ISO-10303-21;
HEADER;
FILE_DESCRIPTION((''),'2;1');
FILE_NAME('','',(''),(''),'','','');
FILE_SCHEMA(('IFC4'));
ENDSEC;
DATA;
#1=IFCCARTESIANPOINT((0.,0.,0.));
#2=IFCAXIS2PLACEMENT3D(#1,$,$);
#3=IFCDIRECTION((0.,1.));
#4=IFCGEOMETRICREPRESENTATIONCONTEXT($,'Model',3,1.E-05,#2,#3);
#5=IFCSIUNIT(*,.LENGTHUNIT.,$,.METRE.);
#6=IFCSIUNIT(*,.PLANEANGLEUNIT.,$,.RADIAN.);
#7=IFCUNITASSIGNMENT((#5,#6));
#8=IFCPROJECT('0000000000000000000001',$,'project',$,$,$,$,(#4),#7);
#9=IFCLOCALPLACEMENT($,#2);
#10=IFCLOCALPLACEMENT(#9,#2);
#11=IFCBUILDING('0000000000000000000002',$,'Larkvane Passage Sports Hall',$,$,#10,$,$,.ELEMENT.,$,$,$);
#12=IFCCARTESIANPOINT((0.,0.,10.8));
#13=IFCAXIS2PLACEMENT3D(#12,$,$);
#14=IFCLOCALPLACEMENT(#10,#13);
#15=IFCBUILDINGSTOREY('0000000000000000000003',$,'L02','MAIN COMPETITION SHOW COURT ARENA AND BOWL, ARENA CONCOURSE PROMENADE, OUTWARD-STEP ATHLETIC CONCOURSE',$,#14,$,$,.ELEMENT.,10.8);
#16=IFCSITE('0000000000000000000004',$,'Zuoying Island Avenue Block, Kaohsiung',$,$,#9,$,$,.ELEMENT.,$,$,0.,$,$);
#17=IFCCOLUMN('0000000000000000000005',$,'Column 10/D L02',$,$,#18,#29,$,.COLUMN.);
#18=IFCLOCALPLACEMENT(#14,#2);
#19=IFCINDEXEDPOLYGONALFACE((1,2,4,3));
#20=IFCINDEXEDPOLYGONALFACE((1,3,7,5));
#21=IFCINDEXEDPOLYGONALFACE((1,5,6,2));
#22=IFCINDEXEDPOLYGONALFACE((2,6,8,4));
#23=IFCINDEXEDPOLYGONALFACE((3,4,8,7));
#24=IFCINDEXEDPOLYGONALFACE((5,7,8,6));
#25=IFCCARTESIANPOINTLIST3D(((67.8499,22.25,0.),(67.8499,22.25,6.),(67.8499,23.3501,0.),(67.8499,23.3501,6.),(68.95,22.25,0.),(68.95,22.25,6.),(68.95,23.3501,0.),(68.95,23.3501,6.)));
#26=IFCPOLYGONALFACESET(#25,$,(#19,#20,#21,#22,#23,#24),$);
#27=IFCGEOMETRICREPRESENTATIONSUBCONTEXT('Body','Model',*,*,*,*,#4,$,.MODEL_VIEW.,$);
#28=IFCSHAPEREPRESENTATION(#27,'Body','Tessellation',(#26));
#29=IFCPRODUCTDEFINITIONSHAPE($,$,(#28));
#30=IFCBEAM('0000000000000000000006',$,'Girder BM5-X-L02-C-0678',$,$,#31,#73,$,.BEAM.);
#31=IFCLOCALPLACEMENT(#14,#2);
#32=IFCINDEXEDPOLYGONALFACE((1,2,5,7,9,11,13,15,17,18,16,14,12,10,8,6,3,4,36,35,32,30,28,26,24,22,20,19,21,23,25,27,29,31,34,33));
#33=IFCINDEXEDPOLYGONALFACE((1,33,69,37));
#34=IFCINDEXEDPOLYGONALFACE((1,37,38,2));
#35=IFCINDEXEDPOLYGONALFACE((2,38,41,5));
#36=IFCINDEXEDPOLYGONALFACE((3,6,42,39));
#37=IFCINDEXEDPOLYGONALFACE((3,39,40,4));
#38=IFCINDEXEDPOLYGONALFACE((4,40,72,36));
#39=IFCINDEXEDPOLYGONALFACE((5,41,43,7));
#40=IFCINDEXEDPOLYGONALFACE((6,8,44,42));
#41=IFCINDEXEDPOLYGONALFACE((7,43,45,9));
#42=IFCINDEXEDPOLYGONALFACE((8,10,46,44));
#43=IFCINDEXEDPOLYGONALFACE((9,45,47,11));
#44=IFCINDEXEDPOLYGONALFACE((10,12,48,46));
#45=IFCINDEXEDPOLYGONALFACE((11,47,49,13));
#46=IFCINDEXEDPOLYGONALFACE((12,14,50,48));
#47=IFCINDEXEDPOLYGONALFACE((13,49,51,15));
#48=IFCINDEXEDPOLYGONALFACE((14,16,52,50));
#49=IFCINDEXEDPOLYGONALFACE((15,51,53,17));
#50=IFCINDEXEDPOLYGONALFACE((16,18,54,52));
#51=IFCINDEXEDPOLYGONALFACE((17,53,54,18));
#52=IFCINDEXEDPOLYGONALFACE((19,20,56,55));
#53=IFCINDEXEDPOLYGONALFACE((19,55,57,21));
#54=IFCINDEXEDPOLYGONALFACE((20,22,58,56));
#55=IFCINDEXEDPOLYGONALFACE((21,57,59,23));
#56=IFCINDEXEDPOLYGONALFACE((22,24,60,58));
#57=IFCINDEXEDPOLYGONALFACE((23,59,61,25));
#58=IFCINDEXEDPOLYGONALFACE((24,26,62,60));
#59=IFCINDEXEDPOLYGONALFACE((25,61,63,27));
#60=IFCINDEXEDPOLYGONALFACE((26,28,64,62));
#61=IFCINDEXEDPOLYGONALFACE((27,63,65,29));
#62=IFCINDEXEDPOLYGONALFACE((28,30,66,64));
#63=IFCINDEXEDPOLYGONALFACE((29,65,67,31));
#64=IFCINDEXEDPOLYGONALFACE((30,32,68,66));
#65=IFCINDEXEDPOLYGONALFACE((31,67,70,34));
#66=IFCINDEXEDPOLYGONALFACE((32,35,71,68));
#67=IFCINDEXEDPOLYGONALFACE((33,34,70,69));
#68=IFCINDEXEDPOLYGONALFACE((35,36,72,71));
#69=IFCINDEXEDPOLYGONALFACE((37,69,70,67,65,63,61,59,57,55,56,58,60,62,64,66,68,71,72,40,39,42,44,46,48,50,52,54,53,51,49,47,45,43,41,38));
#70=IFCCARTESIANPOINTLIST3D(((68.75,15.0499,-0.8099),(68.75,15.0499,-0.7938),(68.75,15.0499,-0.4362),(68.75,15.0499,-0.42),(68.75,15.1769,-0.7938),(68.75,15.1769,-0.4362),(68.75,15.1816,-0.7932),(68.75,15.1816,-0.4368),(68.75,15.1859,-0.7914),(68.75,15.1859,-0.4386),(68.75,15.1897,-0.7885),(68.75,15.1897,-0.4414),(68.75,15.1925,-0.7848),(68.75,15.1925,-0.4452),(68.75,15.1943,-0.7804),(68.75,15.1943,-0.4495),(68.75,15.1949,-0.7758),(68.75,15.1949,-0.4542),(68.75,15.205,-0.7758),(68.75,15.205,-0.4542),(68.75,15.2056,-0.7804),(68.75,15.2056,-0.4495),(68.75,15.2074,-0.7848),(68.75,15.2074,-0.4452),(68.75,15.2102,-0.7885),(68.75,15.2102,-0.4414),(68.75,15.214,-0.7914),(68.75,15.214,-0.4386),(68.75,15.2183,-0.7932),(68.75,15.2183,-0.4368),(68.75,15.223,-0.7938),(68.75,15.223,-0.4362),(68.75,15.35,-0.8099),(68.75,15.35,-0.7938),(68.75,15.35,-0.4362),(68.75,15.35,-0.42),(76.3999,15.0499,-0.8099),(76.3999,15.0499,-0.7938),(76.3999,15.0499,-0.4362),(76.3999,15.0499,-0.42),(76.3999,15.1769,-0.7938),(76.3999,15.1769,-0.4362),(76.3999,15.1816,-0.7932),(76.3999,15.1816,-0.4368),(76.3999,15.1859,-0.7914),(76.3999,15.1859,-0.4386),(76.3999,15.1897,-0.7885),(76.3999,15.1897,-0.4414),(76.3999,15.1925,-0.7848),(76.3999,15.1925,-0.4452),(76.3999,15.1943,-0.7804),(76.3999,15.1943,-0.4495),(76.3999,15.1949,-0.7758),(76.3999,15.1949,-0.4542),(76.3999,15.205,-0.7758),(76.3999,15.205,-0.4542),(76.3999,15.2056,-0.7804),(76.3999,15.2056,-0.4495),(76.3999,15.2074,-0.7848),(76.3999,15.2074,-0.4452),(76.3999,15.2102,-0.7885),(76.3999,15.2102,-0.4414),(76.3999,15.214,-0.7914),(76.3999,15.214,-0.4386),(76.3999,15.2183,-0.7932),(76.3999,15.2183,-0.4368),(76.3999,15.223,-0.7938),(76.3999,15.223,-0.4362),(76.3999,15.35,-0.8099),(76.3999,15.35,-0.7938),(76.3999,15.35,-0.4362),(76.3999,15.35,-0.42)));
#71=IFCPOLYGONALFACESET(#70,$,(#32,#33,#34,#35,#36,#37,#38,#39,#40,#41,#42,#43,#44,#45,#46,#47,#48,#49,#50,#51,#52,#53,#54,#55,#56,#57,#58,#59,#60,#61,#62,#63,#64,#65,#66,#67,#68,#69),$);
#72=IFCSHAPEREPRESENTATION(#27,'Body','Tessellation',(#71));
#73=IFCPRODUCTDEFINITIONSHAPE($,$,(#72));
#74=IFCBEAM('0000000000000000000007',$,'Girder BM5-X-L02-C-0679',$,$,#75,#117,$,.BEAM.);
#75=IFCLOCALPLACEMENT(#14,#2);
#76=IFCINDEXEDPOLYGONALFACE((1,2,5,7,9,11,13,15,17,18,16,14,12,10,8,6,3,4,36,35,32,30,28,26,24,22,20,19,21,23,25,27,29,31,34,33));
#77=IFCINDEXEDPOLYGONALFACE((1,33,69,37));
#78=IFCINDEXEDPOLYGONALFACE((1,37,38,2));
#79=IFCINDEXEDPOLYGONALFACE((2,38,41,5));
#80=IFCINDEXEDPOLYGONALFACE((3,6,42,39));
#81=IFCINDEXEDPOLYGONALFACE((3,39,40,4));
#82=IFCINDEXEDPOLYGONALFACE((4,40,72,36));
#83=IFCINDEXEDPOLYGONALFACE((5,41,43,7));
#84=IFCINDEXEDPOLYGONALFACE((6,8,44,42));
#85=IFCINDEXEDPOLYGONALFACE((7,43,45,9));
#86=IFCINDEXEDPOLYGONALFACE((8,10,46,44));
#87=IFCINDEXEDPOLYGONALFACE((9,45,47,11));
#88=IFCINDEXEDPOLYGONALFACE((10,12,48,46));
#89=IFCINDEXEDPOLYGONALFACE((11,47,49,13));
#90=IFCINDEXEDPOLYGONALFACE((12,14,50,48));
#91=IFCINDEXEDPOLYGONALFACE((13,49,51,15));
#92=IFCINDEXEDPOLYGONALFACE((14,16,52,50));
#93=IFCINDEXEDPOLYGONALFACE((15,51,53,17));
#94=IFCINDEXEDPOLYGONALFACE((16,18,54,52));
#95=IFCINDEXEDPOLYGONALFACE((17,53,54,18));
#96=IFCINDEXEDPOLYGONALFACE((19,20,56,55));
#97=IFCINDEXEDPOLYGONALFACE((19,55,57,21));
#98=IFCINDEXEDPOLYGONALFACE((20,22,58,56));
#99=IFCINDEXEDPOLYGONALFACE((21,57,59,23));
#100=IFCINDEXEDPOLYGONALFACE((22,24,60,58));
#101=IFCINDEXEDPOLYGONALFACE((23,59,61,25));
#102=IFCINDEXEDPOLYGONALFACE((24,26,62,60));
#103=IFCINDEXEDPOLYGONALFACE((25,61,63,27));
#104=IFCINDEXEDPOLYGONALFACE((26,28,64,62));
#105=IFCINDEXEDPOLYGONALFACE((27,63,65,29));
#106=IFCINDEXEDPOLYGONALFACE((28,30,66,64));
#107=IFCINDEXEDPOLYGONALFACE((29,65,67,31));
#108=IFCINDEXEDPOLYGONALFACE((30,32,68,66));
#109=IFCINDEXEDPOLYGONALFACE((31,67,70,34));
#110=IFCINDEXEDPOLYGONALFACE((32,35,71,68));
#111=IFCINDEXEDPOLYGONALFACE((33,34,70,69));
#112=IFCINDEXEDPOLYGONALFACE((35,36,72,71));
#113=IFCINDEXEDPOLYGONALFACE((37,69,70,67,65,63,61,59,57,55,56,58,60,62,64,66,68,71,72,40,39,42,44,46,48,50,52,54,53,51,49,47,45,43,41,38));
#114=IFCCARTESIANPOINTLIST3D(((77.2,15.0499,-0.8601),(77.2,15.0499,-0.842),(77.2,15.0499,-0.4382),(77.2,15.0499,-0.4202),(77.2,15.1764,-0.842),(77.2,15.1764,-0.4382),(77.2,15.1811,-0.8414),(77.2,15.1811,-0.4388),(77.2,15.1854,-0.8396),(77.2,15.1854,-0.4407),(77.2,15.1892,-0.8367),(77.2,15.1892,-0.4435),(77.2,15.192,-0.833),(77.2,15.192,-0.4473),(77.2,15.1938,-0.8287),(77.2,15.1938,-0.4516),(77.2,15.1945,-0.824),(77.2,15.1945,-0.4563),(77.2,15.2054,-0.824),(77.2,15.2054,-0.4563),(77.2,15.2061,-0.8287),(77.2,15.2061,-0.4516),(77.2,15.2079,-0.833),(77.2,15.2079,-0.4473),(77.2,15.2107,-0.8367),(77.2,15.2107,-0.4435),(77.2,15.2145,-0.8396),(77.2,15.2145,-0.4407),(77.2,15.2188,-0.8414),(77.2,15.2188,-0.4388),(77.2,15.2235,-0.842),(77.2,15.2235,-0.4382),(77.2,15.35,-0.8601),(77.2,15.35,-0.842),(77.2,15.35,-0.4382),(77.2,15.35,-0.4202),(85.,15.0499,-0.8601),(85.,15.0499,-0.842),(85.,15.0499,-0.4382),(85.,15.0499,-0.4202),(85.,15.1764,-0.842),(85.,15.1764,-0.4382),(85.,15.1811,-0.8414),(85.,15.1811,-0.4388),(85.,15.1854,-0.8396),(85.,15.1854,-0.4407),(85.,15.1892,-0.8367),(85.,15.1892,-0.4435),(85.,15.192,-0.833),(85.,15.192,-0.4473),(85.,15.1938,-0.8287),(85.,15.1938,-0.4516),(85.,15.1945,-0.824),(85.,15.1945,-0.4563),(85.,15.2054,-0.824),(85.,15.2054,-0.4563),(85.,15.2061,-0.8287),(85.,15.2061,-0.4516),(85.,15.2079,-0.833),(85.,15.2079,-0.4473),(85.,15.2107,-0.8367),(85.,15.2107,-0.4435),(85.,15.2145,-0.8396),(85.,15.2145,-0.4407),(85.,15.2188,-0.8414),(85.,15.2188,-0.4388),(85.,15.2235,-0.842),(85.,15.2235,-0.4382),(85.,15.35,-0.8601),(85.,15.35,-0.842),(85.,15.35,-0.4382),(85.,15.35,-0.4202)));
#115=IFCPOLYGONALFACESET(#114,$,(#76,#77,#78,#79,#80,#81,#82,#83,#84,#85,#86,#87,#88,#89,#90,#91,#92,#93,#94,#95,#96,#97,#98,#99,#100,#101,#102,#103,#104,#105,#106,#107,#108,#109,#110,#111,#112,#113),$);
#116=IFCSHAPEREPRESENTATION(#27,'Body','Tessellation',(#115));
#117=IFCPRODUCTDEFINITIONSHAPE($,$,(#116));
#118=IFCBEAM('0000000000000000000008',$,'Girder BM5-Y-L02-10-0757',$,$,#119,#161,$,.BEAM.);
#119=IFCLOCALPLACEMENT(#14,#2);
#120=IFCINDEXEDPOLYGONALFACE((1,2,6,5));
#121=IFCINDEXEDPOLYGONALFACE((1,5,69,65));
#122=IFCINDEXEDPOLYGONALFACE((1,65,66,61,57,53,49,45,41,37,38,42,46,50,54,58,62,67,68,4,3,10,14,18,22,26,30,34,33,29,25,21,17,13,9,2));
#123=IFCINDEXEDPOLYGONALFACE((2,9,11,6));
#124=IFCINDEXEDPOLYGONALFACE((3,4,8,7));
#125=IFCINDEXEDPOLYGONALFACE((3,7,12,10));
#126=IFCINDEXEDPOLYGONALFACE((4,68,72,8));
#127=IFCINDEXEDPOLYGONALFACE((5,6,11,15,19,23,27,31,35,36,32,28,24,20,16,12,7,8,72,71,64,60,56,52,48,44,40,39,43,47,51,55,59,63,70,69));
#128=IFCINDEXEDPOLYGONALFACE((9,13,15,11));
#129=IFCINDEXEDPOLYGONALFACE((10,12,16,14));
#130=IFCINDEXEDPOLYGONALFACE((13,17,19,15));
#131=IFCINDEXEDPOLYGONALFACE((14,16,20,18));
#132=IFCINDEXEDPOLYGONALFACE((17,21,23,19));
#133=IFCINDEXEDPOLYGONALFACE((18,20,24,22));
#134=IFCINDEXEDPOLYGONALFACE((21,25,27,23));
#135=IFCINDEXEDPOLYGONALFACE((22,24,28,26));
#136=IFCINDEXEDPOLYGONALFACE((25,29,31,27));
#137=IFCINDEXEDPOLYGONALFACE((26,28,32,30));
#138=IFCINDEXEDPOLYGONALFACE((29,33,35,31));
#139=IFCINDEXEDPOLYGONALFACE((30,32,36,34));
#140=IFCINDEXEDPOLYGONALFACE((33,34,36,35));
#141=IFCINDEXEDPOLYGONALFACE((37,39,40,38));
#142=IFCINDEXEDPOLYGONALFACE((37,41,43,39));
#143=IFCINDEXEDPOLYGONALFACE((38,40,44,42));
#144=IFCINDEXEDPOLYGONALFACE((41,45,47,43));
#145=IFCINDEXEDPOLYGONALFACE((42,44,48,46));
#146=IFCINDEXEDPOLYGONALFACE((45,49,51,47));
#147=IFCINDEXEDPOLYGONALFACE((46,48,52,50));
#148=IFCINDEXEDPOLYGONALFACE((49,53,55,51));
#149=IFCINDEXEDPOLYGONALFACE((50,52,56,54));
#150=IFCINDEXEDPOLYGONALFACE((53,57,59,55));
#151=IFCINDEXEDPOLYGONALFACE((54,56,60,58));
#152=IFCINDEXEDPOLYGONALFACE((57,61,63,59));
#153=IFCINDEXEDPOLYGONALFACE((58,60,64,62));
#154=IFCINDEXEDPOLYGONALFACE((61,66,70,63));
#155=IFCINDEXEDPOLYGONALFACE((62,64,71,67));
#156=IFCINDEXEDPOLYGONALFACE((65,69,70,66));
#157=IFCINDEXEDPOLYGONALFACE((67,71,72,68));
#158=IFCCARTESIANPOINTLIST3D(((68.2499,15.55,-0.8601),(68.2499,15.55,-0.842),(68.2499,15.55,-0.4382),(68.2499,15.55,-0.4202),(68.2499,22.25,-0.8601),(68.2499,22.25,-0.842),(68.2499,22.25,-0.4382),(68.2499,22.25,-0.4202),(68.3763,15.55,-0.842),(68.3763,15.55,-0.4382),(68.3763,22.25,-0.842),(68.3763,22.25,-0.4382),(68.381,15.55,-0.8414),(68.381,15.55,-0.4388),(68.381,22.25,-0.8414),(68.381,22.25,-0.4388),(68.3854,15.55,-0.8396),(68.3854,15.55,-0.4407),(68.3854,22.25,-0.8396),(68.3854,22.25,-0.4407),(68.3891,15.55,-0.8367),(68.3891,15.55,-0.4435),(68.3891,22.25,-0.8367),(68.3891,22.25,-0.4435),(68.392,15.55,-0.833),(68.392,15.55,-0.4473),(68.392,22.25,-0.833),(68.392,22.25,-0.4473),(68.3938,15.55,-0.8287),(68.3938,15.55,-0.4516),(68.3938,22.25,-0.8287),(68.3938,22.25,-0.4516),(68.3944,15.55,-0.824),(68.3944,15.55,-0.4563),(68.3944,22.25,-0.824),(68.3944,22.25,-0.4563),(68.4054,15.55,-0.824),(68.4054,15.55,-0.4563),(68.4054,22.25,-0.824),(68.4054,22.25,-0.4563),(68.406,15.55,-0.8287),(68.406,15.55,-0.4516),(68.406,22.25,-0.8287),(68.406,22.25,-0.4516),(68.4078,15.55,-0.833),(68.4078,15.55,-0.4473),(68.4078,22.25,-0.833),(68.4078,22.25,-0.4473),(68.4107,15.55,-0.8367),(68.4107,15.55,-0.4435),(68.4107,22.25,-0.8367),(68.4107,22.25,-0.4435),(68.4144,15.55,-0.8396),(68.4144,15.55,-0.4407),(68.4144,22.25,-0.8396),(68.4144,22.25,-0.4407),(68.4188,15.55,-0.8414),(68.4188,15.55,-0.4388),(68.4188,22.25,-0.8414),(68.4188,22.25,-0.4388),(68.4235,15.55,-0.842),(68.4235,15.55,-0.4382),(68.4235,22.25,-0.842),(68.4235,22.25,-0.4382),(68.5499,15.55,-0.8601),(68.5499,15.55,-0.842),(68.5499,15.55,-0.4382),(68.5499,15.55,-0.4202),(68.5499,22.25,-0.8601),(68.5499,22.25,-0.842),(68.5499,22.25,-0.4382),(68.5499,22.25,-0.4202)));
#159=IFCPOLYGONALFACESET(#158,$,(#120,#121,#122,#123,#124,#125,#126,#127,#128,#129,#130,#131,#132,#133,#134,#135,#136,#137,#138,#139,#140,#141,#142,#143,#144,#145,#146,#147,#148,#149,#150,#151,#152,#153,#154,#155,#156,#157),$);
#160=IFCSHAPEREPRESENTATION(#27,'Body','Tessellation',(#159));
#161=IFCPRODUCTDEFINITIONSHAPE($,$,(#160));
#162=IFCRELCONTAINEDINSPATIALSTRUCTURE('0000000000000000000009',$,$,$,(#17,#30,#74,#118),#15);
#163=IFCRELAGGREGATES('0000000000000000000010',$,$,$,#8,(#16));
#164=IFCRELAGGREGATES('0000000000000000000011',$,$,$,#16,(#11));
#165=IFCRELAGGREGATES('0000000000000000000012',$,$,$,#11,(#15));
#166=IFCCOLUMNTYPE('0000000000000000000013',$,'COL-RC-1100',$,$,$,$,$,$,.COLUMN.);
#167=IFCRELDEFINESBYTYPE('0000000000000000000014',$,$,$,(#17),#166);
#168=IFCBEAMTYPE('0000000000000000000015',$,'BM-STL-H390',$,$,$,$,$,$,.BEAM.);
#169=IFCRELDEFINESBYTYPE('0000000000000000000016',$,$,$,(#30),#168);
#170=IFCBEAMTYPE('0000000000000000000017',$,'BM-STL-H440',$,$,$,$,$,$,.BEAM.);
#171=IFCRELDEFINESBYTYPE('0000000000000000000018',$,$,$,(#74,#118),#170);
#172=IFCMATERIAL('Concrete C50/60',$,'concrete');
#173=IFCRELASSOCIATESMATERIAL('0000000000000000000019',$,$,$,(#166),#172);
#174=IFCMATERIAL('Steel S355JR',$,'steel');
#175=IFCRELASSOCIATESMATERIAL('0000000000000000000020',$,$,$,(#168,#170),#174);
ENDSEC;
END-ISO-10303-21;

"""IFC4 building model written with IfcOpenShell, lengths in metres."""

from ifc_helpers import new_model, si_unit, direction, frame, origin, origin_2d, place, context, subcontext, project, spatial, rectangle, i_section, extrude, material, material_profile, profile_set, type_object, element, save


model = new_model("IFC4")

# Units and contexts
model_context = context("Model", 3, precision=1e-05, world=origin(), true_north=direction((0.0, 1.0)))
body_context = subcontext(model_context, "Body", "Model", "MODEL_VIEW")
ifc_project = project(units=[si_unit("LENGTHUNIT", "METRE"), si_unit("PLANEANGLEUNIT", "RADIAN")], contexts=[model_context])

# Site, building, storey
site_placement = place(None, origin())
site = spatial("IfcSite", under=ifc_project, at=site_placement, Name="Zuoying Island Avenue Block, Kaohsiung", CompositionType="ELEMENT", RefElevation=0.0)
building_placement = place(site_placement, origin())
building = spatial("IfcBuilding", under=site, at=building_placement, Name="Larkvane Passage Sports Hall", CompositionType="ELEMENT")
storey_placement = place(building_placement, frame((0.0, 0.0, 10.8)))
storey = spatial("IfcBuildingStorey", under=building, at=storey_placement, Name="L02", Description="MAIN COMPETITION SHOW COURT ARENA AND BOWL, ARENA CONCOURSE PROMENADE, OUTWARD-STEP ATHLETIC CONCOURSE", CompositionType="ELEMENT", Elevation=10.8)

# Column
ifc_material_1 = material(Name="Concrete C50/60", Category="concrete")
ifc_material_profile_1 = material_profile(ifc_material_1, rectangle(XDim=1.1001, YDim=1.1001, at=origin_2d()), Name="RC-COL-1100x1100")
ifc_profile_set_1 = profile_set([ifc_material_profile_1], Name="Concrete C50/60")
column_type = type_object("IfcColumnType", Name="COL-RC-1100", PredefinedType="COLUMN", material=ifc_profile_set_1)
column_placement = place(storey_placement, frame((68.3999, 22.8, 0.0), z_axis=(0.0, 0.0, 1.0), x_axis=(1.0, 0.0, 0.0)))
element("IfcColumn", 1, at=column_placement, inside=storey, type_object=column_type, Name="Column 10/D L02", PredefinedType="COLUMN", context=body_context, shape_type="SweptSolid", body=[
    extrude(rectangle(XDim=1.1001, YDim=1.1001, at=origin_2d()), origin(), (0.0, 0.0, 1.0), 6.0),
])

# Beams
ifc_material_2 = material(Name="Steel S355JR", Category="steel")
ifc_material_profile_2 = material_profile(ifc_material_2, i_section(OverallWidth=0.3, OverallDepth=0.3899, WebThickness=0.01, FlangeThickness=0.0161, FilletRadius=0.0181, at=origin_2d()), Name="H-390x300x10x16")
ifc_profile_set_2 = profile_set([ifc_material_profile_2], Name="Steel S355JR")
beam_type_1 = type_object("IfcBeamType", Name="BM-STL-H390", PredefinedType="BEAM", material=ifc_profile_set_2)
beam_1_placement = place(storey_placement, frame((68.75, 15.2, -0.615), z_axis=(1.0, 0.0, 0.0), x_axis=(0.0, 1.0, 0.0)))
element("IfcBeam", 2, at=beam_1_placement, inside=storey, type_object=beam_type_1, Name="Girder BM5-X-L02-C-0678", PredefinedType="BEAM", context=body_context, shape_type="SweptSolid", body=[
    extrude(i_section(OverallWidth=0.3, OverallDepth=0.3899, WebThickness=0.01, FlangeThickness=0.0161, FilletRadius=0.0181, at=origin_2d()), origin(), (0.0, 0.0, 1.0), 7.6499),
])
ifc_material_profile_3 = material_profile(ifc_material_2, i_section(OverallWidth=0.3, OverallDepth=0.4399, WebThickness=0.011, FlangeThickness=0.0181, FilletRadius=0.0181, at=origin_2d()), Name="H-440x300x11x18")
ifc_profile_set_3 = profile_set([ifc_material_profile_3], Name="Steel S355JR")
beam_type_2 = type_object("IfcBeamType", Name="BM-STL-H440", PredefinedType="BEAM", material=ifc_profile_set_3)
beam_2_placement = place(storey_placement, frame((77.2, 15.2, -0.6401), z_axis=(1.0, 0.0, 0.0), x_axis=(0.0, 1.0, 0.0)))
element("IfcBeam", 3, at=beam_2_placement, inside=storey, type_object=beam_type_2, Name="Girder BM5-X-L02-C-0679", PredefinedType="BEAM", context=body_context, shape_type="SweptSolid", body=[
    extrude(i_section(OverallWidth=0.3, OverallDepth=0.4399, WebThickness=0.011, FlangeThickness=0.0181, FilletRadius=0.0181, at=origin_2d()), origin(), (0.0, 0.0, 1.0), 7.8),
])
beam_3_placement = place(storey_placement, frame((68.3999, 15.55, -0.6401), z_axis=(0.0, 1.0, 0.0), x_axis=(-1.0, 0.0, 0.0)))
element("IfcBeam", 4, at=beam_3_placement, inside=storey, type_object=beam_type_2, Name="Girder BM5-Y-L02-10-0757", PredefinedType="BEAM", context=body_context, shape_type="SweptSolid", body=[
    extrude(i_section(OverallWidth=0.3, OverallDepth=0.4399, WebThickness=0.011, FlangeThickness=0.0181, FilletRadius=0.0181, at=origin_2d()), origin(), (0.0, 0.0, 1.0), 6.7),
])

save(model, "model.ifc")
